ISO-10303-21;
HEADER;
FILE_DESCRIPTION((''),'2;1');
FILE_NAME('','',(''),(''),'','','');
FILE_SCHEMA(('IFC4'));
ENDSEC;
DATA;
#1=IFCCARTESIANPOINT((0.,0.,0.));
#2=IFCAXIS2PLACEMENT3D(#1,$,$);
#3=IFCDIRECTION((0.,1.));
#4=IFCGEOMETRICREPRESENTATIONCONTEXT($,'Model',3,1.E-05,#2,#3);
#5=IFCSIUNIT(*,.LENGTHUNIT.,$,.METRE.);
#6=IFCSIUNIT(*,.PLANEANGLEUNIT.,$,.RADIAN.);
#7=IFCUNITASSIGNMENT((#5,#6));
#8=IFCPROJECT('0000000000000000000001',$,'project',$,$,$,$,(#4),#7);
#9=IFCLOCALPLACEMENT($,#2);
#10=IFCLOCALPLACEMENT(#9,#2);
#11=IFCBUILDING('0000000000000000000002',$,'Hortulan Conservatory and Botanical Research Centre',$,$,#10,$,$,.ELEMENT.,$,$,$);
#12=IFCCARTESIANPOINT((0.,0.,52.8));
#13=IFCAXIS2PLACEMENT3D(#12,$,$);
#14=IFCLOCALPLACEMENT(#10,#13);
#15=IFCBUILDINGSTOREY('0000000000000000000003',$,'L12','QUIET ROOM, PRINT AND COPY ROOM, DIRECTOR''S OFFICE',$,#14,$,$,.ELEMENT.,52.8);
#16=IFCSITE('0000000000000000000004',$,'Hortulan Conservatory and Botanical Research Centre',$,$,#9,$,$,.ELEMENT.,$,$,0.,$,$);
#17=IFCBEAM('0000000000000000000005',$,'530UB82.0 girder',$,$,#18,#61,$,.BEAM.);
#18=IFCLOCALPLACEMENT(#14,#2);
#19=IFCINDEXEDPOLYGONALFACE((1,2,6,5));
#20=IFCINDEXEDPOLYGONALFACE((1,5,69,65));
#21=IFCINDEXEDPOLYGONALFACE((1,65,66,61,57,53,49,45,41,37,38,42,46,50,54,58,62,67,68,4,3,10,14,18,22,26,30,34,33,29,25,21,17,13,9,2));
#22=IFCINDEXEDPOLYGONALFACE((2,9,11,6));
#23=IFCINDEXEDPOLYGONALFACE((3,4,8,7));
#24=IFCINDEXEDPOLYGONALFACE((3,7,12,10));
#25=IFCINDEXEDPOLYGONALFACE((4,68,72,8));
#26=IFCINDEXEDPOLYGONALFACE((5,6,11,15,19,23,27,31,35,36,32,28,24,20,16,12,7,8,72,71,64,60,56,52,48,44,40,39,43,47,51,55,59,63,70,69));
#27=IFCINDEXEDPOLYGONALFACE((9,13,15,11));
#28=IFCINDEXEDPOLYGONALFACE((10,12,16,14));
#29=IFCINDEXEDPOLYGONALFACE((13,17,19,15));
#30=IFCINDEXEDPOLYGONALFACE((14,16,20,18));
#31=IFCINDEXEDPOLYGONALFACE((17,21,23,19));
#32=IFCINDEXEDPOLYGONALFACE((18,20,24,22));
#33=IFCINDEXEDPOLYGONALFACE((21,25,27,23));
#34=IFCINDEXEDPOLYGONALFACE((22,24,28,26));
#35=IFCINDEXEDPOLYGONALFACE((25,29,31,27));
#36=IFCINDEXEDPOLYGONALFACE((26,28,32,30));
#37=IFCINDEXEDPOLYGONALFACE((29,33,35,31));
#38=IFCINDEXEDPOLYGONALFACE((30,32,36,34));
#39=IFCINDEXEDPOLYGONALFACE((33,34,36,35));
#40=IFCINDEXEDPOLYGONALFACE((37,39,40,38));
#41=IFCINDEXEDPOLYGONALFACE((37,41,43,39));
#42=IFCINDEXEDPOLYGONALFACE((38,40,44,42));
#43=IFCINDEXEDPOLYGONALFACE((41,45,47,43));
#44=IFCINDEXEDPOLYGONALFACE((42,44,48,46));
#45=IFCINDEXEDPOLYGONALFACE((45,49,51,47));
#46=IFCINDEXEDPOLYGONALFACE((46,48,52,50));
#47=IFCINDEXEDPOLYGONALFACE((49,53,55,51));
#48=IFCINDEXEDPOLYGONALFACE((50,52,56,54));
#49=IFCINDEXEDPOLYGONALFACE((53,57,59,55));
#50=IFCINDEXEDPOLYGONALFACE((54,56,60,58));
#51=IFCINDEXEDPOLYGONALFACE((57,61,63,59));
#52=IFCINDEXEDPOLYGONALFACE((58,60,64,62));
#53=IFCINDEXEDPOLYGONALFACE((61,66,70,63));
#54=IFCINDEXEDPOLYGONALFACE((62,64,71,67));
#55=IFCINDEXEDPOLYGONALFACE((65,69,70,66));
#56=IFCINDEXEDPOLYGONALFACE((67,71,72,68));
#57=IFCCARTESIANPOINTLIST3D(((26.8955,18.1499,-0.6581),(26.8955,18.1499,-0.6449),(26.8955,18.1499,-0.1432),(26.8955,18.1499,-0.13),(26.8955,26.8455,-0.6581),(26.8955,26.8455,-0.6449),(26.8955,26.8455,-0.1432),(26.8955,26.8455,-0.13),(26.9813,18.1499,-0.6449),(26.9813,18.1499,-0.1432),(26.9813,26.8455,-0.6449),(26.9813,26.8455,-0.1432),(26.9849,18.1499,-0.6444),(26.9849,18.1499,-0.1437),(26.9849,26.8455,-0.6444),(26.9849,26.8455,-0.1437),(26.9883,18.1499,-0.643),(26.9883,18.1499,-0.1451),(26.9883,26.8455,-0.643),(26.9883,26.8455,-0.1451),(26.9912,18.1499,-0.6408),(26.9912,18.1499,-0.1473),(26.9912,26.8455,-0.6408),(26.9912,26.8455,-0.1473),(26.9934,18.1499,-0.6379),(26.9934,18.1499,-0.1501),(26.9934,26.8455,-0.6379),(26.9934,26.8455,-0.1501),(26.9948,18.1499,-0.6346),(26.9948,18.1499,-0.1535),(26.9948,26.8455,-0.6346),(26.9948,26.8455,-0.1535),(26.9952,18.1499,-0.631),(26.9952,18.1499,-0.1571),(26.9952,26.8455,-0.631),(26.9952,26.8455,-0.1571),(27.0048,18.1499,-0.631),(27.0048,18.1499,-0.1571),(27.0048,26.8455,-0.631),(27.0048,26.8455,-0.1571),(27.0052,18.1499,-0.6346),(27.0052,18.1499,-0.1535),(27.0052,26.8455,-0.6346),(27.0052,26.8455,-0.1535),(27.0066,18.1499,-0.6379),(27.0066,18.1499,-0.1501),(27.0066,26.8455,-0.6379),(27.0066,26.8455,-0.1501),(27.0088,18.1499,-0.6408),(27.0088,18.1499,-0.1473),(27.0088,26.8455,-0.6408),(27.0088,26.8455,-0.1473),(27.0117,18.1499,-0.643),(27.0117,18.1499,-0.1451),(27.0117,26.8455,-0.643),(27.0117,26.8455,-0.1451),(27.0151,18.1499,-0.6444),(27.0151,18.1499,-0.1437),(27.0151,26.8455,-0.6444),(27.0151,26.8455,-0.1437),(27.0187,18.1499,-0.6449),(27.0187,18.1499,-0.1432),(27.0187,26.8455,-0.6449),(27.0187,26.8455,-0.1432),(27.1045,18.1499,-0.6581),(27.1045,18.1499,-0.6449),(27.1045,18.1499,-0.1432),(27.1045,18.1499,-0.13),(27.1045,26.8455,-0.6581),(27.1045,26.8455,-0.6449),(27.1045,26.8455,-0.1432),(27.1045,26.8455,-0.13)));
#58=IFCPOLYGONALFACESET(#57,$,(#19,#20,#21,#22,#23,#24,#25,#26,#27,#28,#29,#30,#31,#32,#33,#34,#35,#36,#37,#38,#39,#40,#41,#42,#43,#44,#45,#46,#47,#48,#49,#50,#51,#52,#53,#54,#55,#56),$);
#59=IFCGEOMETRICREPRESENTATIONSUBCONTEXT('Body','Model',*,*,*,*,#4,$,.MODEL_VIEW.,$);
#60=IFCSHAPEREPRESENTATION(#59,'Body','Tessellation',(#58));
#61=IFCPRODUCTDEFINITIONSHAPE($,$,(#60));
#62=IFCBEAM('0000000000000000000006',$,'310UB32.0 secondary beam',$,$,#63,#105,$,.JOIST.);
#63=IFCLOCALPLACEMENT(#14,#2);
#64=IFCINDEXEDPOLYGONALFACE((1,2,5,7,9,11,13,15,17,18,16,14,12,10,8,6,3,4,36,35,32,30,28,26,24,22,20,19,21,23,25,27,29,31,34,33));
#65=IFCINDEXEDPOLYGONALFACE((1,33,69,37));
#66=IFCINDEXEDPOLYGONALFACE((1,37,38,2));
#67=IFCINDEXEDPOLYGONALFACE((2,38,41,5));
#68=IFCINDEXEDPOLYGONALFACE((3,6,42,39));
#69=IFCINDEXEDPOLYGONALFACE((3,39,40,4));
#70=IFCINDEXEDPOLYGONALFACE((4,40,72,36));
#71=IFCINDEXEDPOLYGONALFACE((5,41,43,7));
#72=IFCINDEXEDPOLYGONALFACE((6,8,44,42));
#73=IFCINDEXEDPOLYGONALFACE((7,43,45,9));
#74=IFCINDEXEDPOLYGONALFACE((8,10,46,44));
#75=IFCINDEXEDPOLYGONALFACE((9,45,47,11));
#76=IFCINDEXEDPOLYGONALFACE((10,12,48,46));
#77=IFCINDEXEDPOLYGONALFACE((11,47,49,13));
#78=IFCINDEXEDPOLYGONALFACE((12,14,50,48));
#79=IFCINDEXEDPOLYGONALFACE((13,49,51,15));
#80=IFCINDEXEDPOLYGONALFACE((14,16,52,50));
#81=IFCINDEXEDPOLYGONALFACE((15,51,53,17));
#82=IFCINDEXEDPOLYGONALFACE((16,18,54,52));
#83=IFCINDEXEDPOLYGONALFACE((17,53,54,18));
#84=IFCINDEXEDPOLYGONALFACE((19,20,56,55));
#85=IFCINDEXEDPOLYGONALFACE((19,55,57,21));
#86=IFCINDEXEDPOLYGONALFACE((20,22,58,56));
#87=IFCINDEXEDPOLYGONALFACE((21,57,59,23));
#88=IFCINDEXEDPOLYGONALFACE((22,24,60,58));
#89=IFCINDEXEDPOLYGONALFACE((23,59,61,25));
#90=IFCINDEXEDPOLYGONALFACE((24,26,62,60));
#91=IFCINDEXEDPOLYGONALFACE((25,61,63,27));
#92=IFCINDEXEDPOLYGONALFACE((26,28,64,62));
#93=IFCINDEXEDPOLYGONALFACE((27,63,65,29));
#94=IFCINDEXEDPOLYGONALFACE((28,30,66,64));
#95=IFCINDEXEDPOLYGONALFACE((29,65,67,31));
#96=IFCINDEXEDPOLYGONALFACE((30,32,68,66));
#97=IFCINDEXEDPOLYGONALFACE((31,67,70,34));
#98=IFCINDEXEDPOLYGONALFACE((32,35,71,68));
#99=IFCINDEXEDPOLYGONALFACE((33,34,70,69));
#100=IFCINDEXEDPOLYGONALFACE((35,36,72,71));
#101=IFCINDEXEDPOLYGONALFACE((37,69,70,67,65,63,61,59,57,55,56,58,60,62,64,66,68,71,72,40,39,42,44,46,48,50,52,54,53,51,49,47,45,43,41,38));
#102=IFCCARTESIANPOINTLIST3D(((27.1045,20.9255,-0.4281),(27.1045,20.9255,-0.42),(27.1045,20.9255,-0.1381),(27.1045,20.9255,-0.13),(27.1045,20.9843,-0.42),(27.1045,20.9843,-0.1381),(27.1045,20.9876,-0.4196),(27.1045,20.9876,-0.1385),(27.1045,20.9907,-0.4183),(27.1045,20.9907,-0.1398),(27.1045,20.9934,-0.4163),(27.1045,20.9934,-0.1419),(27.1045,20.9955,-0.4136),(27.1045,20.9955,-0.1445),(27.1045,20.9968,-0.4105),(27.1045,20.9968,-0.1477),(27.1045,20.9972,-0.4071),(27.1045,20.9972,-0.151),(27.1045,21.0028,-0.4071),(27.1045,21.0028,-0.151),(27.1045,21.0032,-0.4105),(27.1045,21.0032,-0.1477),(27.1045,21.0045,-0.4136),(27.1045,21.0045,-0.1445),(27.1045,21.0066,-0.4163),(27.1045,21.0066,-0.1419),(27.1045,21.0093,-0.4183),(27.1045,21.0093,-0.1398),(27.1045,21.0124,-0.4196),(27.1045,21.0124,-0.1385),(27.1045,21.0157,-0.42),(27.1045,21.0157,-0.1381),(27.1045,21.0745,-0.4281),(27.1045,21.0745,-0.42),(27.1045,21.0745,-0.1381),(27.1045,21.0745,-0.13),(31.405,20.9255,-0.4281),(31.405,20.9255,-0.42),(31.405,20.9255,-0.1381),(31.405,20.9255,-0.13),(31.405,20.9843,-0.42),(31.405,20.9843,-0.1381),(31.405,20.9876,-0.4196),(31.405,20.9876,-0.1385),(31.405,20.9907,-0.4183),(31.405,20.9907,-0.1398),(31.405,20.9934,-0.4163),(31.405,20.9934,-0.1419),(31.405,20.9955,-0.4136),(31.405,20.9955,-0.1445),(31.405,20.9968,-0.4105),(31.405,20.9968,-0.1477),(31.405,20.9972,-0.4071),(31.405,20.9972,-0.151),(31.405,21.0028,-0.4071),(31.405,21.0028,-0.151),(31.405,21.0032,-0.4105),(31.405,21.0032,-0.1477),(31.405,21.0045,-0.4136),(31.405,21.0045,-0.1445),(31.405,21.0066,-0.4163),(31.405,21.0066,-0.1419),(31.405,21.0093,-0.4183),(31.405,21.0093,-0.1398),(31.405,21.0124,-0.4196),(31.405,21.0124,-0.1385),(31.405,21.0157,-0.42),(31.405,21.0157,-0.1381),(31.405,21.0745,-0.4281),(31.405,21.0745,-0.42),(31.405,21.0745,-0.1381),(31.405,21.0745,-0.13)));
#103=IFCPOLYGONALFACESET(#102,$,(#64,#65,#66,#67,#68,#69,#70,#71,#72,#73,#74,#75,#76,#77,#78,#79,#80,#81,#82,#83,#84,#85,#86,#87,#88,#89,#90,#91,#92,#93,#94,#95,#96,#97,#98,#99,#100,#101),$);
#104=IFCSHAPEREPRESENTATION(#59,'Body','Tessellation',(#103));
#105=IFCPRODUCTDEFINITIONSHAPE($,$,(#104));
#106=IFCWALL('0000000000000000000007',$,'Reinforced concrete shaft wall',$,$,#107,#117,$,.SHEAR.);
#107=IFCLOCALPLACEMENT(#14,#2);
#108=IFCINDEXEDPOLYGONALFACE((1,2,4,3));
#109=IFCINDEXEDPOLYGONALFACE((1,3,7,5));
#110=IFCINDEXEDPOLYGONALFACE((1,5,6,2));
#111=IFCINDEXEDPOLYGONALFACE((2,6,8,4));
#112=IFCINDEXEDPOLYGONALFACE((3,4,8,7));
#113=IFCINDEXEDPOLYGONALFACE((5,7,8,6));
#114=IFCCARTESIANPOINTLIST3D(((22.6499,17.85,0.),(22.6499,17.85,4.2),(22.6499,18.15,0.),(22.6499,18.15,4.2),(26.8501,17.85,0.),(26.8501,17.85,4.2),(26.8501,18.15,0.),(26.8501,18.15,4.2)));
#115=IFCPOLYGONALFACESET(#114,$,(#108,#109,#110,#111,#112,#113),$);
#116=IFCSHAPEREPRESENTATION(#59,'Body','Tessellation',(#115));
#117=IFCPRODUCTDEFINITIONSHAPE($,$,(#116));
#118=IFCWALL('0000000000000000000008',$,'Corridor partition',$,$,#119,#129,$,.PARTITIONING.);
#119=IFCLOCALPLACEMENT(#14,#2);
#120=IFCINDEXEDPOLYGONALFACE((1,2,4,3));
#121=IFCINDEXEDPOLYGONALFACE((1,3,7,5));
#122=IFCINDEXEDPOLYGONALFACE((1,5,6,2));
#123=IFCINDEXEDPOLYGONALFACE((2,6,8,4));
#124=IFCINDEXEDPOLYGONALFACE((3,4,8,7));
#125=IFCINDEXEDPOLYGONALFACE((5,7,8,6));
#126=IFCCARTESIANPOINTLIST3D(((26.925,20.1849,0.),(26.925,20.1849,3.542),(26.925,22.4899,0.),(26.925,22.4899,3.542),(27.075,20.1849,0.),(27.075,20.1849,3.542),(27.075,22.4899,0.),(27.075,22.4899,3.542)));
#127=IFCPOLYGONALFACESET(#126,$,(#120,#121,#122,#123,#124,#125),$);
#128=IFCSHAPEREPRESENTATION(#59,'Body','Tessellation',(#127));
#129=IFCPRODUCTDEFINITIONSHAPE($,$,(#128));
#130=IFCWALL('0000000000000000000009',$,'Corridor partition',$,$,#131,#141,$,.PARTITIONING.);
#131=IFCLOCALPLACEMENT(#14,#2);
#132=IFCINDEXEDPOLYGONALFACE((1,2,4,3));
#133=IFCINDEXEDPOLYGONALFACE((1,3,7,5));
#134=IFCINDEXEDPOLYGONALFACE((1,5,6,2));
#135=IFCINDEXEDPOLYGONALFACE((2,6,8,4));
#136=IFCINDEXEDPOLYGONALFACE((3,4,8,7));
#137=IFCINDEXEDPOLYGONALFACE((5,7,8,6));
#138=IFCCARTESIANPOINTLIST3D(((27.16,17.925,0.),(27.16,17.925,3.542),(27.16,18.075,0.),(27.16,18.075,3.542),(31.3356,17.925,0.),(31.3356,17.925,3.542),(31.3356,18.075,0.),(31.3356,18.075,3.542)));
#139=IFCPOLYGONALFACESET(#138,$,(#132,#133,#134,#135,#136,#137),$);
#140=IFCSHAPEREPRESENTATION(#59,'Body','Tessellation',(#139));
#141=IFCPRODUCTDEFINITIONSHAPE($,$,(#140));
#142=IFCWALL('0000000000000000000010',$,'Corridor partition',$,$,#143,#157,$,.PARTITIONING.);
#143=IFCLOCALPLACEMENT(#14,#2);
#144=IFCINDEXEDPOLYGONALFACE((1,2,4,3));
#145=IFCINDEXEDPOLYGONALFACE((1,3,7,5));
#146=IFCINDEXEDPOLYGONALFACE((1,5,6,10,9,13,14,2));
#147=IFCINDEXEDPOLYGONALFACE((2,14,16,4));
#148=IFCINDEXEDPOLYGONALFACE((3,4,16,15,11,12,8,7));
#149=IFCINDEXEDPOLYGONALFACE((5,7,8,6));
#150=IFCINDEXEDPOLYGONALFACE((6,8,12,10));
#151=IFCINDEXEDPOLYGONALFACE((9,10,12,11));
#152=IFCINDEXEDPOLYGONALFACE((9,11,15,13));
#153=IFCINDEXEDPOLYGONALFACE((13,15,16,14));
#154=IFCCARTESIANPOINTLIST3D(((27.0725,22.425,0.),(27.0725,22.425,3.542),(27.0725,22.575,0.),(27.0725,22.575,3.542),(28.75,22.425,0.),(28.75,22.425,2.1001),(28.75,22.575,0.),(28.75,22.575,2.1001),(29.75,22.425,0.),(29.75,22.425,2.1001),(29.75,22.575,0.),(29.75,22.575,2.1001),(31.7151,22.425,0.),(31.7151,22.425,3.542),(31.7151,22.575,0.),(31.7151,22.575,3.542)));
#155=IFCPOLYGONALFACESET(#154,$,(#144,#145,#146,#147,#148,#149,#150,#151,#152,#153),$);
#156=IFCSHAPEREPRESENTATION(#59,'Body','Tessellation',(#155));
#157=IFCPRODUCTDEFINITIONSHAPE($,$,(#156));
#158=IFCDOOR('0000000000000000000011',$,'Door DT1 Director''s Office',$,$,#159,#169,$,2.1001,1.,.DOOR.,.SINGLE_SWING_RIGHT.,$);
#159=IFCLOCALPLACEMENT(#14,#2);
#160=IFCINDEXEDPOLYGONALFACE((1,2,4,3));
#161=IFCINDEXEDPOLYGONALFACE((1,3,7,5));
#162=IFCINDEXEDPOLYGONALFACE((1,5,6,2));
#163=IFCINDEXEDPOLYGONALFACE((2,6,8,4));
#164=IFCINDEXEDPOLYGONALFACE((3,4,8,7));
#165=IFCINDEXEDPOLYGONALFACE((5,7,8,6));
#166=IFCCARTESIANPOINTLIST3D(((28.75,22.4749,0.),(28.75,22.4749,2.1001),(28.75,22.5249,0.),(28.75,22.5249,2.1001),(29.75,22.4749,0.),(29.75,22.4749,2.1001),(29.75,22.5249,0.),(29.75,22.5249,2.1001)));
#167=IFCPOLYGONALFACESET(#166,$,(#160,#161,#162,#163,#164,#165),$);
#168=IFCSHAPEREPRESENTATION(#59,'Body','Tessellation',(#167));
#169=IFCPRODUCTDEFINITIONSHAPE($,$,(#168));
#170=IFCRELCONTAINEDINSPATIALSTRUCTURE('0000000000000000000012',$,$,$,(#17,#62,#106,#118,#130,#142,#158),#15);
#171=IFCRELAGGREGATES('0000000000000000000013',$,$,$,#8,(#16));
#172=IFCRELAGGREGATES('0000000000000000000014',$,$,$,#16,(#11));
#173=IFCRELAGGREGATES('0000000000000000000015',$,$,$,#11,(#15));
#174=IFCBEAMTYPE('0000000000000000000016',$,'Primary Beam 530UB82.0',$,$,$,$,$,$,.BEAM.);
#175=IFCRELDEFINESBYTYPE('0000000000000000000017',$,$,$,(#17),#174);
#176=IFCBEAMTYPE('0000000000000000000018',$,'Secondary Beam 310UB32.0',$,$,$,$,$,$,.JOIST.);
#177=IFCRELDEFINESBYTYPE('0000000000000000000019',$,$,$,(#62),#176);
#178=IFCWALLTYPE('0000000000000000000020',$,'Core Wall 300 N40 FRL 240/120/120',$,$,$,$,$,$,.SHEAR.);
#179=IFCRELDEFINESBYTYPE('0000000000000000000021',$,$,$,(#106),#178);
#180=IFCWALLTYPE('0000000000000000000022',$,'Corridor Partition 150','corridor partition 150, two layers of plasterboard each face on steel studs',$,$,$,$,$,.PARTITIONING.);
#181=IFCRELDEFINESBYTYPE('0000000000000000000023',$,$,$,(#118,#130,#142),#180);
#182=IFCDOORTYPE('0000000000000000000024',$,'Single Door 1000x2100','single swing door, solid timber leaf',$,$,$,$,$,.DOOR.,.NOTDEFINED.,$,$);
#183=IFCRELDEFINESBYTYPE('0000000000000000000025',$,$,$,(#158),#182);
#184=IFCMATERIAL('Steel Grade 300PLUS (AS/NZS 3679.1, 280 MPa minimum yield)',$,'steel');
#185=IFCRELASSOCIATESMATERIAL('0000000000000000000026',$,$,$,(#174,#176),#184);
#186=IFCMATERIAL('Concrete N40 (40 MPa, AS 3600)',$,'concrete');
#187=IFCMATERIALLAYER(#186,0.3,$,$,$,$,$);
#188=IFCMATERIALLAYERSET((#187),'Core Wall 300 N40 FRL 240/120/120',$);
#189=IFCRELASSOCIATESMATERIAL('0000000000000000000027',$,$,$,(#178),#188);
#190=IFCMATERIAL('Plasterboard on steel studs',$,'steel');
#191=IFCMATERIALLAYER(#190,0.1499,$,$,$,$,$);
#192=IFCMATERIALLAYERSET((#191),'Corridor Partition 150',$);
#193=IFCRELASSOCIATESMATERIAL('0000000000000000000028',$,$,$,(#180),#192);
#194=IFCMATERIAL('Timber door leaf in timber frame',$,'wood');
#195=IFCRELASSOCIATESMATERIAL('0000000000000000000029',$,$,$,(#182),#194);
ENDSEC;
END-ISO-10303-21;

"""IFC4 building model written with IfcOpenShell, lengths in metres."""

from ifc_helpers import new_model, si_unit, direction, frame, frame_2d, origin, origin_2d, place, context, subcontext, project, spatial, rectangle, i_section, extrude, material, layer, layer_set, material_profile, profile_set, type_object, element, fill, save


model = new_model("IFC4")

# Units and contexts
model_context = context("Model", 3, precision=1e-05, world=origin(), true_north=direction((0.0, 1.0)))
body_context = subcontext(model_context, "Body", "Model", "MODEL_VIEW")
ifc_project = project(units=[si_unit("LENGTHUNIT", "METRE"), si_unit("PLANEANGLEUNIT", "RADIAN")], contexts=[model_context])

# Site, building, storey
site_placement = place(None, origin())
site = spatial("IfcSite", under=ifc_project, at=site_placement, Name="Hortulan Conservatory and Botanical Research Centre", CompositionType="ELEMENT", RefElevation=0.0)
building_placement = place(site_placement, origin())
building = spatial("IfcBuilding", under=site, at=building_placement, Name="Hortulan Conservatory and Botanical Research Centre", CompositionType="ELEMENT")
storey_placement = place(building_placement, frame((0.0, 0.0, 52.8)))
storey = spatial("IfcBuildingStorey", under=building, at=storey_placement, Name="L12", Description="QUIET ROOM, PRINT AND COPY ROOM, DIRECTOR'S OFFICE", CompositionType="ELEMENT", Elevation=52.8)

# Shared definitions
ifc_material_1 = material(Name="Steel Grade 300PLUS (AS/NZS 3679.1, 280 MPa minimum yield)", Category="steel")

# Beams
ifc_material_profile_1 = material_profile(ifc_material_1, i_section(OverallWidth=0.209, OverallDepth=0.5281, WebThickness=0.0095, FlangeThickness=0.0132, FilletRadius=0.0139, at=origin_2d()), Name="530UB82.0")
ifc_profile_set_1 = profile_set([ifc_material_profile_1], Name="Steel Grade 300PLUS (AS/NZS 3679.1, 280 MPa minimum yield)")
beam_type_1 = type_object("IfcBeamType", Name="Primary Beam 530UB82.0", PredefinedType="BEAM", material=ifc_profile_set_1)
beam_1_placement = place(storey_placement, frame((27.0, 18.1499, -0.394), z_axis=(0.0, 1.0, 0.0), x_axis=(-1.0, 0.0, 0.0)))
element("IfcBeam", 1, at=beam_1_placement, inside=storey, type_object=beam_type_1, Name="530UB82.0 girder", PredefinedType="BEAM", context=body_context, shape_type="SweptSolid", body=[
    extrude(i_section(OverallWidth=0.209, OverallDepth=0.5281, WebThickness=0.0095, FlangeThickness=0.0132, FilletRadius=0.0139, at=origin_2d()), origin(), (0.0, 0.0, 1.0), 8.6956),
])
ifc_material_profile_2 = material_profile(ifc_material_1, i_section(OverallWidth=0.1489, OverallDepth=0.2981, WebThickness=0.0056, FlangeThickness=0.0081, FilletRadius=0.0129, at=origin_2d()), Name="310UB32.0")
ifc_profile_set_2 = profile_set([ifc_material_profile_2], Name="Steel Grade 300PLUS (AS/NZS 3679.1, 280 MPa minimum yield)")
beam_type_2 = type_object("IfcBeamType", Name="Secondary Beam 310UB32.0", PredefinedType="JOIST", material=ifc_profile_set_2)
beam_2_placement = place(storey_placement, frame((27.1045, 21.0, -0.2791), z_axis=(1.0, 0.0, 0.0), x_axis=(0.0, 1.0, 0.0)))
element("IfcBeam", 2, at=beam_2_placement, inside=storey, type_object=beam_type_2, Name="310UB32.0 secondary beam", PredefinedType="JOIST", context=body_context, shape_type="SweptSolid", body=[
    extrude(i_section(OverallWidth=0.1489, OverallDepth=0.2981, WebThickness=0.0056, FlangeThickness=0.0081, FilletRadius=0.0129, at=origin_2d()), origin(), (0.0, 0.0, 1.0), 4.3005),
])

# Walls
ifc_material_2 = material(Name="Concrete N40 (40 MPa, AS 3600)", Category="concrete")
ifc_layer_1 = layer(ifc_material_2, 0.3)
ifc_layer_set_1 = layer_set([ifc_layer_1], Name="Core Wall 300 N40 FRL 240/120/120")
wall_type_1 = type_object("IfcWallType", Name="Core Wall 300 N40 FRL 240/120/120", PredefinedType="SHEAR", material=ifc_layer_set_1)
wall_1_placement = place(storey_placement, frame((22.6499, 18.0, 0.0), z_axis=(0.0, 0.0, 1.0), x_axis=(1.0, 0.0, 0.0)))
element("IfcWall", 3, at=wall_1_placement, inside=storey, type_object=wall_type_1, Name="Reinforced concrete shaft wall", PredefinedType="SHEAR", context=body_context, shape_type="SweptSolid", body=[
    extrude(rectangle(XDim=4.2002, YDim=0.3, at=frame_2d((2.1001, 0.0))), origin(), (0.0, 0.0, 1.0), 4.2),
])
ifc_material_3 = material(Name="Plasterboard on steel studs", Category="steel")
ifc_layer_2 = layer(ifc_material_3, 0.1499)
ifc_layer_set_2 = layer_set([ifc_layer_2], Name="Corridor Partition 150")
wall_type_2 = type_object("IfcWallType", Name="Corridor Partition 150", Description="corridor partition 150, two layers of plasterboard each face on steel studs", PredefinedType="PARTITIONING", material=ifc_layer_set_2)
wall_2_placement = place(storey_placement, frame((27.0, 20.1851, 0.0), z_axis=(0.0, 0.0, 1.0), x_axis=(0.0, 1.0, 0.0)))
element("IfcWall", 4, at=wall_2_placement, inside=storey, type_object=wall_type_2, Name="Corridor partition", PredefinedType="PARTITIONING", context=body_context, shape_type="SweptSolid", body=[
    extrude(rectangle(XDim=2.3049, YDim=0.1499, at=frame_2d((1.1523, 0.0))), origin(), (0.0, 0.0, 1.0), 3.542),
])
wall_3_placement = place(storey_placement, frame((27.1599, 18.0, 0.0), z_axis=(0.0, 0.0, 1.0), x_axis=(1.0, 0.0, 0.0)))
element("IfcWall", 5, at=wall_3_placement, inside=storey, type_object=wall_type_2, Name="Corridor partition", PredefinedType="PARTITIONING", context=body_context, shape_type="SweptSolid", body=[
    extrude(rectangle(XDim=4.1755, YDim=0.1499, at=frame_2d((2.0879, 0.0))), origin(), (0.0, 0.0, 1.0), 3.542),
])

# Wall, opening, door
wall_4_placement = place(storey_placement, frame((27.0725, 22.5, 0.0), z_axis=(0.0, 0.0, 1.0), x_axis=(1.0, 0.0, 0.0)))
wall_4 = element("IfcWall", 6, at=wall_4_placement, inside=storey, type_object=wall_type_2, Name="Corridor partition", PredefinedType="PARTITIONING", context=body_context, shape_type="SweptSolid", body=[
    extrude(rectangle(XDim=4.6426, YDim=0.1499, at=frame_2d((2.3213, 0.0))), origin(), (0.0, 0.0, 1.0), 3.542),
])
opening_1_placement = place(wall_4_placement, frame((1.6775, 0.0, 0.0)))
opening_1 = element("IfcOpeningElement", 7, at=opening_1_placement, cuts=wall_4, PredefinedType="OPENING", context=body_context, shape_type="SweptSolid", body=[
    extrude(rectangle(XDim=1.0, YDim=2.1001, at=frame_2d((0.5, 1.05))), frame((0.0, 0.085, 0.0), z_axis=(0.0, -1.0, 0.0), x_axis=(1.0, 0.0, 0.0)), (0.0, 0.0, 1.0), 0.1699),
])
ifc_material_4 = material(Name="Timber door leaf in timber frame", Category="wood")
door_type_1 = type_object("IfcDoorType", Name="Single Door 1000x2100", Description="single swing door, solid timber leaf", OperationType="NOTDEFINED", PredefinedType="DOOR", material=ifc_material_4)
door_1_placement = place(opening_1_placement, origin())
door_1 = element("IfcDoor", 8, at=door_1_placement, inside=storey, type_object=door_type_1, Name="Door DT1 Director's Office", OperationType="SINGLE_SWING_RIGHT", OverallHeight=2.1001, OverallWidth=1.0, PredefinedType="DOOR", context=body_context, shape_type="SweptSolid", body=[
    extrude(rectangle(XDim=1.0, YDim=2.1001, at=frame_2d((0.5, 1.05))), frame((0.0, 0.0249, 0.0), z_axis=(0.0, -1.0, 0.0), x_axis=(1.0, 0.0, 0.0)), (0.0, 0.0, 1.0), 0.05),
])
fill(opening_1, door_1)

save(model, "model.ifc")
